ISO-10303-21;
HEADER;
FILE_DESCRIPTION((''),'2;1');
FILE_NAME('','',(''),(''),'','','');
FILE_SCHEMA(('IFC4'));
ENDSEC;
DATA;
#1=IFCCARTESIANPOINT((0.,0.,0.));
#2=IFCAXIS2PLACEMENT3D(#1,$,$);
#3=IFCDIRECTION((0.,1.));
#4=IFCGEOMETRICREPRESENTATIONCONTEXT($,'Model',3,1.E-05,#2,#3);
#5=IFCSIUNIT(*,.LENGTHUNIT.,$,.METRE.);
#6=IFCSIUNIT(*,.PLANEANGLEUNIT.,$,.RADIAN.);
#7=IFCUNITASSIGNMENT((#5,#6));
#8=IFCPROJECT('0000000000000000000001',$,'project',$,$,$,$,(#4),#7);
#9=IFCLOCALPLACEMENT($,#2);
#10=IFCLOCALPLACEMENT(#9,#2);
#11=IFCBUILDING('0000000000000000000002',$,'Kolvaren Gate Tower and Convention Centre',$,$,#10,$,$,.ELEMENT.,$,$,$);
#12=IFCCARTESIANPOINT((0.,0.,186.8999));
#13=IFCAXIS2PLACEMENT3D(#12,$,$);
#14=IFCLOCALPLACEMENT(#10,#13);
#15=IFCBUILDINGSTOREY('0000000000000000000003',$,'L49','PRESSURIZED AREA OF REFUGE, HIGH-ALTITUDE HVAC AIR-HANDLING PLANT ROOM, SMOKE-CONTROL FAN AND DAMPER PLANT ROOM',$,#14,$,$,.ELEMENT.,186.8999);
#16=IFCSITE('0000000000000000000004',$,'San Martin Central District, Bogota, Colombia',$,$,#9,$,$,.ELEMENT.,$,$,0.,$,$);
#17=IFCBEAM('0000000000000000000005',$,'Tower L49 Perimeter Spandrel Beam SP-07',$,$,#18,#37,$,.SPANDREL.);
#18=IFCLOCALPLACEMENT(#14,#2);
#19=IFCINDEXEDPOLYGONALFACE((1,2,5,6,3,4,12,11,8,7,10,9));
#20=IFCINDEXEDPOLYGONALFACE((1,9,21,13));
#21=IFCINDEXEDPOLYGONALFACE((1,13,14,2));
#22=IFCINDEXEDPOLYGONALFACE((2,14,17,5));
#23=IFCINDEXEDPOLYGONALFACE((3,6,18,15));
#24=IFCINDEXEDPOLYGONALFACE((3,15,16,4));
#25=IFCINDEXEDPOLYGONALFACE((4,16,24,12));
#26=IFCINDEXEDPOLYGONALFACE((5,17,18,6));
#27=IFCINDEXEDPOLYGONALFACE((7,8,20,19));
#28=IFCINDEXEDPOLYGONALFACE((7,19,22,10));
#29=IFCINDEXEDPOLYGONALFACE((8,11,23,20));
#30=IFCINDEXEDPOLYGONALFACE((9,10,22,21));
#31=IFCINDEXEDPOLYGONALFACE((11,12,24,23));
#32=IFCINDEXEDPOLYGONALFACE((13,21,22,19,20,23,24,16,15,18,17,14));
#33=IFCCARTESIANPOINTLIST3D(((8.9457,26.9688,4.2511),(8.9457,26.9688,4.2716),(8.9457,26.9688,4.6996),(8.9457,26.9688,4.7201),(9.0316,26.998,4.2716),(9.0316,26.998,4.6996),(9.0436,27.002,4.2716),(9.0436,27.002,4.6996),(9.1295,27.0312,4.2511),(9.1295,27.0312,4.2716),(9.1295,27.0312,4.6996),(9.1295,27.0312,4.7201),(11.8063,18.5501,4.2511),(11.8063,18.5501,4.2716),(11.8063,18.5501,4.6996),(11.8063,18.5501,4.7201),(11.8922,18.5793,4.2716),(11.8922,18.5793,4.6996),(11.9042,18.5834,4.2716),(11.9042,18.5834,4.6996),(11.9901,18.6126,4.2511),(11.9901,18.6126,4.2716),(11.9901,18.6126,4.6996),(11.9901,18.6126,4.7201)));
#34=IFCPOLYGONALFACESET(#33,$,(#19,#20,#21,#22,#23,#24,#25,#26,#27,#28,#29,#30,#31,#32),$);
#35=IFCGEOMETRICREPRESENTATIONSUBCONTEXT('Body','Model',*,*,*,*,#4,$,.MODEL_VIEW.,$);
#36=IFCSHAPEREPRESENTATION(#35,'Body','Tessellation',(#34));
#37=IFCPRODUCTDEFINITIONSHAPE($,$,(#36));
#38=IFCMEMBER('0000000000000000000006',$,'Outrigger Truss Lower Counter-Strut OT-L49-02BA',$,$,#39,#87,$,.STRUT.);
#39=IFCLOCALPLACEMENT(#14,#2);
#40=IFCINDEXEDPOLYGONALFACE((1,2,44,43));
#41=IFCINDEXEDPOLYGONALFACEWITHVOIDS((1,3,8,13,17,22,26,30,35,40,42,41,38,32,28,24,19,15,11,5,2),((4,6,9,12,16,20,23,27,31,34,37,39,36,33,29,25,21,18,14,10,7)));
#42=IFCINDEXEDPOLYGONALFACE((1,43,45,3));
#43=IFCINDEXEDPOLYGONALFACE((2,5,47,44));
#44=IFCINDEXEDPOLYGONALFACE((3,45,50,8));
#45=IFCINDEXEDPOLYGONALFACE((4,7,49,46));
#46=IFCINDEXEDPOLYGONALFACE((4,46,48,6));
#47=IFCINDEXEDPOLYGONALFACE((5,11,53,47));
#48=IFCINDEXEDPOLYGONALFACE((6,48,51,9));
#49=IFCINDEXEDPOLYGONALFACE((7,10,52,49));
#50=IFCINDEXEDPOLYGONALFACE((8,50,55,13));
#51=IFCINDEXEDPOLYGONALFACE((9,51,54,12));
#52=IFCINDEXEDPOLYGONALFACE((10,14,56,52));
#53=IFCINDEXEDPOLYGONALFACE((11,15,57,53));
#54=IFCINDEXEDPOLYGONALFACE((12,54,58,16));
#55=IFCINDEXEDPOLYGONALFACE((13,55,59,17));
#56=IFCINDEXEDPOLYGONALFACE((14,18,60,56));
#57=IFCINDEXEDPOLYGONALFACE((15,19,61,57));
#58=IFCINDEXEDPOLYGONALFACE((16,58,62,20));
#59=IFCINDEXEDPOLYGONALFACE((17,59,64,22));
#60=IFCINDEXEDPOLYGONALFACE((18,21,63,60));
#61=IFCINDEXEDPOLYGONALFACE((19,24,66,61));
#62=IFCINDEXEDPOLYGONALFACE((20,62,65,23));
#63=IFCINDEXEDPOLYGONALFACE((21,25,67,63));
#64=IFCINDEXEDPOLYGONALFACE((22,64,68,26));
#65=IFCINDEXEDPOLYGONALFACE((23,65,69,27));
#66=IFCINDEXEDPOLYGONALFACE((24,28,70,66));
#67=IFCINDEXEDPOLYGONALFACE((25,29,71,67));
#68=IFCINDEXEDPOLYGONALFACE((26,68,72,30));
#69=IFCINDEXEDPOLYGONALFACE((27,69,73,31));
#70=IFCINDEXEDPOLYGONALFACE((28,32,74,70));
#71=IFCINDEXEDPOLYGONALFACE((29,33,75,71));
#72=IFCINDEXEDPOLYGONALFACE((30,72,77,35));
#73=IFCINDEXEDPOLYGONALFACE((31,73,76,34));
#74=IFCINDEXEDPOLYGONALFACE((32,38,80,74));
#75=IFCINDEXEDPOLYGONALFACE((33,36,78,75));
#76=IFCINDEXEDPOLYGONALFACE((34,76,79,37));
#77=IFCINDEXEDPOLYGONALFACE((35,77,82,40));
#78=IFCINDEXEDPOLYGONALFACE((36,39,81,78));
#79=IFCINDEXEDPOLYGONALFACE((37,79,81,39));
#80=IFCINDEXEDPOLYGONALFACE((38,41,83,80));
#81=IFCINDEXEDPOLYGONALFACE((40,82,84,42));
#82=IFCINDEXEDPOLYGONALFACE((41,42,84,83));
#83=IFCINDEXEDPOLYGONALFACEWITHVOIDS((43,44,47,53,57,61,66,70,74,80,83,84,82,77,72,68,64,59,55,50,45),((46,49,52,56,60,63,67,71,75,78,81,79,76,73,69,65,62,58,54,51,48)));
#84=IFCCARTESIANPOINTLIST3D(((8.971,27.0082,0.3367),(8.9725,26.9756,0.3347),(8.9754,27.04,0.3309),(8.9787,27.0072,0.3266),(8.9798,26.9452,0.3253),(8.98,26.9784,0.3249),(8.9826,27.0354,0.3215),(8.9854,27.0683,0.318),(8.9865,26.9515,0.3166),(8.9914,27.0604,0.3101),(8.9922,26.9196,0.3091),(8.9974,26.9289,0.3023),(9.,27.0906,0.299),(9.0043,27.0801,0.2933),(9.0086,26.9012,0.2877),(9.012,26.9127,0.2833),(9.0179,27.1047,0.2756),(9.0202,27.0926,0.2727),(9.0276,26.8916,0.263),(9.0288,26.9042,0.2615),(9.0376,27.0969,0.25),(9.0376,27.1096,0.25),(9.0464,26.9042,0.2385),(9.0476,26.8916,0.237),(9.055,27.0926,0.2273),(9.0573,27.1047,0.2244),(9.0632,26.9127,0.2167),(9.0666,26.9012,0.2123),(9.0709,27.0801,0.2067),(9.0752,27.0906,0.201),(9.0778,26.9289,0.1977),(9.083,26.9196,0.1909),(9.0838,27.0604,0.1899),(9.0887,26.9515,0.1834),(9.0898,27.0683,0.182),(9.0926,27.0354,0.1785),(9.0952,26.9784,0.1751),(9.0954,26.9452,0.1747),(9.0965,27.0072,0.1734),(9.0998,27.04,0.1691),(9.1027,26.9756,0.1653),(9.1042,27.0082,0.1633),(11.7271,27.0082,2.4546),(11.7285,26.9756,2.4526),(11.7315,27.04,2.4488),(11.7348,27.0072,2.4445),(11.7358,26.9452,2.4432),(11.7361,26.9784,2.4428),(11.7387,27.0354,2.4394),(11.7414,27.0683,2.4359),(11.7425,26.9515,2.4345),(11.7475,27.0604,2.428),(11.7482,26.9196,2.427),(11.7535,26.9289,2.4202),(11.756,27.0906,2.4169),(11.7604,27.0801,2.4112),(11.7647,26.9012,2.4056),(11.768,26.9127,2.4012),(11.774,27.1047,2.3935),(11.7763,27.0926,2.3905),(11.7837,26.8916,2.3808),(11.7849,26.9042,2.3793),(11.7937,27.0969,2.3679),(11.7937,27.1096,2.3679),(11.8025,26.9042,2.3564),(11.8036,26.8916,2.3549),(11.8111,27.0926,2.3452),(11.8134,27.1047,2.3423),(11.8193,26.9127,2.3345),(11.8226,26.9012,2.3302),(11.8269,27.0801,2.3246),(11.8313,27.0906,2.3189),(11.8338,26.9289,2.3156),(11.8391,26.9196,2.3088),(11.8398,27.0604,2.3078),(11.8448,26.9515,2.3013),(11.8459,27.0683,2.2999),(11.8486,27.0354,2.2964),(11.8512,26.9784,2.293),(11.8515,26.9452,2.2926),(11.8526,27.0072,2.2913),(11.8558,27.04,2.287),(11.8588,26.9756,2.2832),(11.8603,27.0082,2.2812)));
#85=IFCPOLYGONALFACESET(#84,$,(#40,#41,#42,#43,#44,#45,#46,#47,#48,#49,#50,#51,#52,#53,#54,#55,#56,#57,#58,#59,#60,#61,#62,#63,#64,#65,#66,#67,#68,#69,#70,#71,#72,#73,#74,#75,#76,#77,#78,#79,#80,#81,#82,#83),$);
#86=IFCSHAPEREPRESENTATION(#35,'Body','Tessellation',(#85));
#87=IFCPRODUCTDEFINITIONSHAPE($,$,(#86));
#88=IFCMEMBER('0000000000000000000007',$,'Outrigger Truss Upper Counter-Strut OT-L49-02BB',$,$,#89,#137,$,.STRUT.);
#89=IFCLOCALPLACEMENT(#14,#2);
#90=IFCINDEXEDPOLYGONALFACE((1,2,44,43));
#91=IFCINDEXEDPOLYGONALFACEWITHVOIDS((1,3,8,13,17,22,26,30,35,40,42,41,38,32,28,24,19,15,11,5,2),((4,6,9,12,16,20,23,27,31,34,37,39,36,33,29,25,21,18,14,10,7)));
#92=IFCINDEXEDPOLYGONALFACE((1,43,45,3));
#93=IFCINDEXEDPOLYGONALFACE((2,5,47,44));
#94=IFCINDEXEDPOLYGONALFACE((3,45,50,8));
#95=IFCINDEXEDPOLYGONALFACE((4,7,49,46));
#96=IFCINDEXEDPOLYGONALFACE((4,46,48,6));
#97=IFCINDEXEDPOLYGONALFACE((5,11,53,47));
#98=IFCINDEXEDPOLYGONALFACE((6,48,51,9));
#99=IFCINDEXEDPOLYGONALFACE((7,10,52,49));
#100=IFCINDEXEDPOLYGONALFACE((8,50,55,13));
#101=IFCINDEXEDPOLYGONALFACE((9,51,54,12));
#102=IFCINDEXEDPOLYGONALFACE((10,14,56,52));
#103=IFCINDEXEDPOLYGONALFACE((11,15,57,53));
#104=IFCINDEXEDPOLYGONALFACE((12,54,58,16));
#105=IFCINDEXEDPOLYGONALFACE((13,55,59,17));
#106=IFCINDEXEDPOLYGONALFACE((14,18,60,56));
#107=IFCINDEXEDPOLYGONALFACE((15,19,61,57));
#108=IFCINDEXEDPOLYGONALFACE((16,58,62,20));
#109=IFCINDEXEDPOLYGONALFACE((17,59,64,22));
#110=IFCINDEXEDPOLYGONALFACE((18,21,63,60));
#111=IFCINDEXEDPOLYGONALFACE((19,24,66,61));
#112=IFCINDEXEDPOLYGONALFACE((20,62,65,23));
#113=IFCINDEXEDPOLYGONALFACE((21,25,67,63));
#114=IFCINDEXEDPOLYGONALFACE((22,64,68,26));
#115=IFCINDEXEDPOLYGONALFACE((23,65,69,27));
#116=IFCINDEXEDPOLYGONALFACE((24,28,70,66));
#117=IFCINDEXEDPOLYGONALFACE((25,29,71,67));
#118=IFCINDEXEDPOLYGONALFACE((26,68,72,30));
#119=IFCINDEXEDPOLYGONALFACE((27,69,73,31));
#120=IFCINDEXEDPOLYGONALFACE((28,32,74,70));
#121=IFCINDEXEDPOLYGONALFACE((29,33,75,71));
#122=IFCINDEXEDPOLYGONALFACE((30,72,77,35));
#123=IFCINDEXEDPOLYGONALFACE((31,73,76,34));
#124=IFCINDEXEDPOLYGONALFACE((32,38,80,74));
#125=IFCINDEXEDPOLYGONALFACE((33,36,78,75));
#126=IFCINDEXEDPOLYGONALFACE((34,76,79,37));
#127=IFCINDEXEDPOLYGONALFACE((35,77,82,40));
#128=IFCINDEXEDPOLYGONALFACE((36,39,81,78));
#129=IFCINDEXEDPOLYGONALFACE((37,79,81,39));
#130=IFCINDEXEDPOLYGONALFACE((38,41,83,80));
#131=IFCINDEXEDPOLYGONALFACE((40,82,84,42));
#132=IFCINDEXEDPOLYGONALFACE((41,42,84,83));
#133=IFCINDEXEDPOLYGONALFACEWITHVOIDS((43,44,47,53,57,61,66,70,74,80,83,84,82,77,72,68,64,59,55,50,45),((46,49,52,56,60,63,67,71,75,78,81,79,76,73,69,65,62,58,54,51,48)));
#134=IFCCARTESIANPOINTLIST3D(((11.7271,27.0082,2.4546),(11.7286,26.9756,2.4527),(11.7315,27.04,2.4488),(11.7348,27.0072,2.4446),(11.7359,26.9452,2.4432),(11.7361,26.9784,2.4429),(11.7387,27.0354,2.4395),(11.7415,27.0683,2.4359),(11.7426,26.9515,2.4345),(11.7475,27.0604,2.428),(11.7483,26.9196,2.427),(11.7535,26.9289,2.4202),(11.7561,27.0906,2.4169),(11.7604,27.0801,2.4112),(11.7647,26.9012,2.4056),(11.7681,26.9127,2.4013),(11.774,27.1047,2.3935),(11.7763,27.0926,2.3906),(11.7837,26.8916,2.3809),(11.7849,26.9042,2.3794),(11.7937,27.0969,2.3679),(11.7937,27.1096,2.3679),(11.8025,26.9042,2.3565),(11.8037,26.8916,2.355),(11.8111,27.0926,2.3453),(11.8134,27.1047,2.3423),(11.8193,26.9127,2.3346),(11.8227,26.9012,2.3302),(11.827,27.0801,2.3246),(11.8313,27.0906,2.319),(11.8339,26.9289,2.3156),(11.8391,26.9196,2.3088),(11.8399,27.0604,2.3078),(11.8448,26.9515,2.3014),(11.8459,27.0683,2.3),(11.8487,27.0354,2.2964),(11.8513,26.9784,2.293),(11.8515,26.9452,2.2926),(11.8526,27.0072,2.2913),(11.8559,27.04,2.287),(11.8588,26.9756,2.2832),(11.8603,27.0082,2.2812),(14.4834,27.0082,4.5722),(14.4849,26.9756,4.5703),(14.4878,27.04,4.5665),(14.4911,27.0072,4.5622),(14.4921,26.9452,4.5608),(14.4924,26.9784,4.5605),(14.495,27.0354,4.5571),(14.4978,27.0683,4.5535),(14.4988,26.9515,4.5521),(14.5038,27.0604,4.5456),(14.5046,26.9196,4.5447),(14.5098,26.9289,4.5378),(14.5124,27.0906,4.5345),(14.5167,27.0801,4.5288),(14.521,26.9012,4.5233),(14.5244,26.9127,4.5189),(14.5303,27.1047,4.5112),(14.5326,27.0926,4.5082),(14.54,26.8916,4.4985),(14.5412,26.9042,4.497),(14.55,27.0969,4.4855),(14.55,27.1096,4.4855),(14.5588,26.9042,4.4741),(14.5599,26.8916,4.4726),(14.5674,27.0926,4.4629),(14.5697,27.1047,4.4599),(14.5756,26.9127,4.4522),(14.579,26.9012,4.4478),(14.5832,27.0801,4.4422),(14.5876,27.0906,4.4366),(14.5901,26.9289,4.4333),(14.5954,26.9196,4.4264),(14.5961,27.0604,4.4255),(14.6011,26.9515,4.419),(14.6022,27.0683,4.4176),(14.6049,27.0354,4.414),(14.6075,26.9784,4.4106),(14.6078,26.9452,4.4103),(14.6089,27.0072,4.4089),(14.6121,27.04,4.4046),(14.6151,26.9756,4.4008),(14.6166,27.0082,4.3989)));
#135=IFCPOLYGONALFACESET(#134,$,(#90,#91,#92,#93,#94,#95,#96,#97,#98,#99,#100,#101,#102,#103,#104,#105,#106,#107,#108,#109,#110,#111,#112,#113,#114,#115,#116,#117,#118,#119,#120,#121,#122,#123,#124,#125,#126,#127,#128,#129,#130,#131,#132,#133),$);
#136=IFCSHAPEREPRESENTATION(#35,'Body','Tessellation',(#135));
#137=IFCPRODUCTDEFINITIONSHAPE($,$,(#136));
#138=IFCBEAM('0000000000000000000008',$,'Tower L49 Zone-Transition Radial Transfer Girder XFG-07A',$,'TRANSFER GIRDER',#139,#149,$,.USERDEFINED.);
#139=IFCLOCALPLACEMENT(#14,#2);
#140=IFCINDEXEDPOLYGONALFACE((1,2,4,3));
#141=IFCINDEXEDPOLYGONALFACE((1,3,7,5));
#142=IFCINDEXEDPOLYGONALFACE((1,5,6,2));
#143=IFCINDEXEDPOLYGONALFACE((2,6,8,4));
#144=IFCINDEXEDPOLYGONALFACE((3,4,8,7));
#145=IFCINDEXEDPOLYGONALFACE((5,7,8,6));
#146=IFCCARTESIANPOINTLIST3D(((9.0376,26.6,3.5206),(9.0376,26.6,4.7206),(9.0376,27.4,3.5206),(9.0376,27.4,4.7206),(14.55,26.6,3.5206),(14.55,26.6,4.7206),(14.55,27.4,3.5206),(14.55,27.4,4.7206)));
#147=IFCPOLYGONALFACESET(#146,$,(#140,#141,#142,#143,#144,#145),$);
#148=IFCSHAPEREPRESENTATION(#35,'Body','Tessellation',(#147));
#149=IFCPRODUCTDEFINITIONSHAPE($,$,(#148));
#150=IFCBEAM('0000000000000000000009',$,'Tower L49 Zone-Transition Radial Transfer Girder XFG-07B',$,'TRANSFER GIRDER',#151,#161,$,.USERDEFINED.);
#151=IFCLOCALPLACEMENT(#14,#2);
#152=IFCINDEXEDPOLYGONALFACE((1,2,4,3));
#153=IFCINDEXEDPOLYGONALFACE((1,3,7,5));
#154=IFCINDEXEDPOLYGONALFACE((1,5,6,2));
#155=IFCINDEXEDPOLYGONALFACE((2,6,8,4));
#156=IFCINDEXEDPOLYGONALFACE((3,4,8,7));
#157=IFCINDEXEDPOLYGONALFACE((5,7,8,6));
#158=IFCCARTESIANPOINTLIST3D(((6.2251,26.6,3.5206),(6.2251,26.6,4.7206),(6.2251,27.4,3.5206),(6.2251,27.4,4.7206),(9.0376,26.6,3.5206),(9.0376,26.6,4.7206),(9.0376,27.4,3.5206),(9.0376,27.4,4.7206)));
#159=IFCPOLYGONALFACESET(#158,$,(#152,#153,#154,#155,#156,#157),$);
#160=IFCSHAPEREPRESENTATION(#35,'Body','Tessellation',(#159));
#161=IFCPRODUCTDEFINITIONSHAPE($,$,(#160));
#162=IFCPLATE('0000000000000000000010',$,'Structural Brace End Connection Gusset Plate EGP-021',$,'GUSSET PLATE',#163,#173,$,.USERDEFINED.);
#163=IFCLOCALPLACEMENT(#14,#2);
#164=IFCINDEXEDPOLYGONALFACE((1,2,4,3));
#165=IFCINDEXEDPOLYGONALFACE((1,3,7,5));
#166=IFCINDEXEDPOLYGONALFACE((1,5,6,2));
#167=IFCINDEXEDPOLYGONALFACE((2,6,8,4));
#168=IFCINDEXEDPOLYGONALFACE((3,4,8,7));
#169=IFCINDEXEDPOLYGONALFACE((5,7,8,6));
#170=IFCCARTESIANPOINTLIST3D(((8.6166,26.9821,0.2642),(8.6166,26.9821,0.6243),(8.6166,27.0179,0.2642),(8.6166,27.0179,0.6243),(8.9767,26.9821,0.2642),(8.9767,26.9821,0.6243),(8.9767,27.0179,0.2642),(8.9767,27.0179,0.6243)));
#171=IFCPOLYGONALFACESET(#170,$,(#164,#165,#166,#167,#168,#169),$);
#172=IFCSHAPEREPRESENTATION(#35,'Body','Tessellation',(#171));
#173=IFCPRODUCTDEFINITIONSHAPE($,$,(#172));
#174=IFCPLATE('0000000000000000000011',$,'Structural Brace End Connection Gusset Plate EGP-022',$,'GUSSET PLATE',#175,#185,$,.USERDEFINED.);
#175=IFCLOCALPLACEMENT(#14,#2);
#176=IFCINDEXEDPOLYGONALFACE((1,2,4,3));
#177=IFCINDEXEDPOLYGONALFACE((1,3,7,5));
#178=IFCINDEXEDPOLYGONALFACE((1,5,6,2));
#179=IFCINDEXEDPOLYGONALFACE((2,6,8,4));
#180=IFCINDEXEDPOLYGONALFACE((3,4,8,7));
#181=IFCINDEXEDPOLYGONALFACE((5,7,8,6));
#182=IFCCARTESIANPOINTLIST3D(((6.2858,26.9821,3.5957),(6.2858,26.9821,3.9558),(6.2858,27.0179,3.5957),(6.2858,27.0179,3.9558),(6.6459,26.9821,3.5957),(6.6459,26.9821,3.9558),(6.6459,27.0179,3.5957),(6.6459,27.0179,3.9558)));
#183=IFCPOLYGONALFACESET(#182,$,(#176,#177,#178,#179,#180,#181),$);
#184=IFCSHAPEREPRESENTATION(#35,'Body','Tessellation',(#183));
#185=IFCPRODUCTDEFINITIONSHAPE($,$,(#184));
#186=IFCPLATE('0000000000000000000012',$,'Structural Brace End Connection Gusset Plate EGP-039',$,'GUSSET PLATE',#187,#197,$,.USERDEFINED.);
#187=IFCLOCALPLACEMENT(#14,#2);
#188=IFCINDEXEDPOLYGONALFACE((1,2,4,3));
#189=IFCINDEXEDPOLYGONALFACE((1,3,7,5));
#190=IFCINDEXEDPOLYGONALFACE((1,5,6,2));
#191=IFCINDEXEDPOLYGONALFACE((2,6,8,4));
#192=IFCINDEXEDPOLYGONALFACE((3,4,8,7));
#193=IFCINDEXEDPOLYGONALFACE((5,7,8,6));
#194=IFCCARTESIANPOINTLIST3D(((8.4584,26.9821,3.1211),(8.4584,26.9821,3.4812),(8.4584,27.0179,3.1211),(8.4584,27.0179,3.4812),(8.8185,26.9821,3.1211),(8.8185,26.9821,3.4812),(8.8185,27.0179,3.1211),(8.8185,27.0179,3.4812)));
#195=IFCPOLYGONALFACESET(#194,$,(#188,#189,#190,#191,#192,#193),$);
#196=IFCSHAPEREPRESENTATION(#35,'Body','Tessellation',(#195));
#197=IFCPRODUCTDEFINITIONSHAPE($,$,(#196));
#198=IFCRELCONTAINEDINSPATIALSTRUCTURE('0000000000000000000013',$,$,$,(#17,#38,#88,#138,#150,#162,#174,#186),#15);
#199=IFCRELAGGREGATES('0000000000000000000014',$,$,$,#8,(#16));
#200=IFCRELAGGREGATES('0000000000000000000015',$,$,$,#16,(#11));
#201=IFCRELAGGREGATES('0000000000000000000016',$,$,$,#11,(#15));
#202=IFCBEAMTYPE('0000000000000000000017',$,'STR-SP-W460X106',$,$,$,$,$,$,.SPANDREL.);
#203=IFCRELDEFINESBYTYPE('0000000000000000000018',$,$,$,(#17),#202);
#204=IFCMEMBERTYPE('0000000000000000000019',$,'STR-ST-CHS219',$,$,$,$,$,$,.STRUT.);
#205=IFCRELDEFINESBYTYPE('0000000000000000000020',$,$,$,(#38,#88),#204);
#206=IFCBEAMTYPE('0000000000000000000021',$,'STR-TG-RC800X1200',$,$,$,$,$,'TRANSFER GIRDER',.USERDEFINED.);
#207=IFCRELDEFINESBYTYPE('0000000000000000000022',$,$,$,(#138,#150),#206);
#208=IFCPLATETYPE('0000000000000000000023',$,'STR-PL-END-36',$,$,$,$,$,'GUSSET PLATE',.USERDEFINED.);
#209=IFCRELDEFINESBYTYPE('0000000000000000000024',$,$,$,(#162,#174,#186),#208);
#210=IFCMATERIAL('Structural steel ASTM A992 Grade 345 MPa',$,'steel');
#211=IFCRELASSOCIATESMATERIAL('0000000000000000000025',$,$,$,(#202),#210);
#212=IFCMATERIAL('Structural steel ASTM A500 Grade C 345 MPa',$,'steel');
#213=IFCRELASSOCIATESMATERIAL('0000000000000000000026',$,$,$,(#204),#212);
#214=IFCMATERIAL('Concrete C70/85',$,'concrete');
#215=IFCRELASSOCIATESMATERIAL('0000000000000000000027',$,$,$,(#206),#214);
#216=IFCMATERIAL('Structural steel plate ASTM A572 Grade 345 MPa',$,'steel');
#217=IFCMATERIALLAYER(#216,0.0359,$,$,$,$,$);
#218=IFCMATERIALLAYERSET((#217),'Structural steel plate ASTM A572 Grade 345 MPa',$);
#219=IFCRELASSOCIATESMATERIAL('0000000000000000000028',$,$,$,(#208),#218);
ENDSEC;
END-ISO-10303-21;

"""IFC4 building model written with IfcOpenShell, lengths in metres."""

from ifc_helpers import new_model, si_unit, direction, frame, origin, origin_2d, place, context, subcontext, project, spatial, rectangle, hollow_circle, i_section, extrude, material, layer, layer_set, material_profile, profile_set, type_object, element, save


model = new_model("IFC4")

# Units and contexts
model_context = context("Model", 3, precision=1e-05, world=origin(), true_north=direction((0.0, 1.0)))
body_context = subcontext(model_context, "Body", "Model", "MODEL_VIEW")
ifc_project = project(units=[si_unit("LENGTHUNIT", "METRE"), si_unit("PLANEANGLEUNIT", "RADIAN")], contexts=[model_context])

# Site, building, storey
site_placement = place(None, origin())
site = spatial("IfcSite", under=ifc_project, at=site_placement, Name="San Martin Central District, Bogota, Colombia", CompositionType="ELEMENT", RefElevation=0.0)
building_placement = place(site_placement, origin())
building = spatial("IfcBuilding", under=site, at=building_placement, Name="Kolvaren Gate Tower and Convention Centre", CompositionType="ELEMENT")
storey_placement = place(building_placement, frame((0.0, 0.0, 186.8999)))
storey = spatial("IfcBuildingStorey", under=building, at=storey_placement, Name="L49", Description="PRESSURIZED AREA OF REFUGE, HIGH-ALTITUDE HVAC AIR-HANDLING PLANT ROOM, SMOKE-CONTROL FAN AND DAMPER PLANT ROOM", CompositionType="ELEMENT", Elevation=186.8999)

# Shared definitions
ifc_material_1 = material(Name="Structural steel ASTM A500 Grade C 345 MPa", Category="steel")
ifc_material_2 = material(Name="Structural steel ASTM A992 Grade 345 MPa", Category="steel")

# Beam
ifc_material_profile_1 = material_profile(ifc_material_2, i_section(OverallWidth=0.1941, OverallDepth=0.469, WebThickness=0.0127, FlangeThickness=0.0205, at=origin_2d()), Name="W460X106")
ifc_profile_set_1 = profile_set([ifc_material_profile_1], Name="Structural steel ASTM A992 Grade 345 MPa")
beam_type_1 = type_object("IfcBeamType", Name="STR-SP-W460X106", PredefinedType="SPANDREL", material=ifc_profile_set_1)
beam_1_placement = place(storey_placement, frame((9.0376, 27.0, 4.4856), z_axis=(0.321725, -0.946833, 0.0), x_axis=(0.946833, 0.321725, 0.0)))
element("IfcBeam", 1, at=beam_1_placement, inside=storey, type_object=beam_type_1, Name="Tower L49 Perimeter Spandrel Beam SP-07", PredefinedType="SPANDREL", context=body_context, shape_type="SweptSolid", body=[
    extrude(i_section(OverallWidth=0.1941, OverallDepth=0.469, WebThickness=0.0127, FlangeThickness=0.0205, at=origin_2d()), origin(), (0.0, 0.0, 1.0), 8.8914),
])

# Members
ifc_material_profile_2 = material_profile(ifc_material_1, hollow_circle(Radius=0.1096, WallThickness=0.0127, at=origin_2d()), Name="CHS219X12.7")
ifc_profile_set_2 = profile_set([ifc_material_profile_2], Name="Structural steel ASTM A500 Grade C 345 MPa")
member_type_1 = type_object("IfcMemberType", Name="STR-ST-CHS219", PredefinedType="STRUT", material=ifc_profile_set_2)
for number, where, z_axis, x_axis, name in (
    (2, (9.0376, 27.0, 0.25), (0.792924, 0.0, 0.60932), (0.0, 1.0, 0.0), "Outrigger Truss Lower Counter-Strut OT-L49-02BA"),
    (3, (11.7937, 27.0, 2.3679), (0.792984, 0.0, 0.609242), (0.0, 1.0, 0.0), "Outrigger Truss Upper Counter-Strut OT-L49-02BB"),
):
    element("IfcMember", number, at=place(storey_placement, frame(where, z_axis=z_axis, x_axis=x_axis)), inside=storey, type_object=member_type_1, Name=name, PredefinedType="STRUT", context=body_context, shape_type="SweptSolid", body=[
        extrude(hollow_circle(Radius=0.1096, WallThickness=0.0127, at=origin_2d()), origin(), (0.0, 0.0, 1.0), 3.4758),
    ])

# Beams
ifc_material_3 = material(Name="Concrete C70/85", Category="concrete")
ifc_material_profile_3 = material_profile(ifc_material_3, rectangle(XDim=0.8, YDim=1.2, at=origin_2d()), Name="RC-BM-800X1200")
ifc_profile_set_3 = profile_set([ifc_material_profile_3], Name="Concrete C70/85")
beam_type_2 = type_object("IfcBeamType", Name="STR-TG-RC800X1200", ElementType="TRANSFER GIRDER", PredefinedType="USERDEFINED", material=ifc_profile_set_3)
beam_2_placement = place(storey_placement, frame((14.55, 27.0, 4.1206), z_axis=(-1.0, 0.0, 0.0), x_axis=(0.0, -1.0, 0.0)))
element("IfcBeam", 4, at=beam_2_placement, inside=storey, type_object=beam_type_2, Name="Tower L49 Zone-Transition Radial Transfer Girder XFG-07A", ObjectType="TRANSFER GIRDER", PredefinedType="USERDEFINED", context=body_context, shape_type="SweptSolid", body=[
    extrude(rectangle(XDim=0.8, YDim=1.2, at=origin_2d()), origin(), (0.0, 0.0, 1.0), 5.5125),
])
beam_3_placement = place(storey_placement, frame((9.0376, 27.0, 4.1206), z_axis=(-1.0, 0.0, 0.0), x_axis=(0.0, -1.0, 0.0)))
element("IfcBeam", 5, at=beam_3_placement, inside=storey, type_object=beam_type_2, Name="Tower L49 Zone-Transition Radial Transfer Girder XFG-07B", ObjectType="TRANSFER GIRDER", PredefinedType="USERDEFINED", context=body_context, shape_type="SweptSolid", body=[
    extrude(rectangle(XDim=0.8, YDim=1.2, at=origin_2d()), origin(), (0.0, 0.0, 1.0), 2.8125),
])

# Plates
ifc_material_4 = material(Name="Structural steel plate ASTM A572 Grade 345 MPa", Category="steel")
ifc_layer_1 = layer(ifc_material_4, 0.0359)
ifc_layer_set_1 = layer_set([ifc_layer_1], Name="Structural steel plate ASTM A572 Grade 345 MPa")
plate_type_1 = type_object("IfcPlateType", Name="STR-PL-END-36", ElementType="GUSSET PLATE", PredefinedType="USERDEFINED", material=ifc_layer_set_1)
for number, where, z_axis, x_axis, name in (
    (6, (8.7966, 27.0, 0.2642), (0.0, 0.0, 1.0), (-1.0, 0.0, 0.0), "Structural Brace End Connection Gusset Plate EGP-021"),
    (7, (6.4658, 27.0, 3.5957), (0.0, 0.0, 1.0), (-1.0, 0.0, 0.0), "Structural Brace End Connection Gusset Plate EGP-022"),
    (8, (8.6384, 27.0, 3.1211), (0.0, 0.0, 1.0), (-1.0, 0.0, 0.0), "Structural Brace End Connection Gusset Plate EGP-039"),
):
    element("IfcPlate", number, at=place(storey_placement, frame(where, z_axis=z_axis, x_axis=x_axis)), inside=storey, type_object=plate_type_1, Name=name, ObjectType="GUSSET PLATE", PredefinedType="USERDEFINED", context=body_context, shape_type="SweptSolid", body=[
        extrude(rectangle(XDim=0.3601, YDim=0.0359, at=origin_2d()), origin(), (0.0, 0.0, 1.0), 0.3601),
    ])

save(model, "model.ifc")
